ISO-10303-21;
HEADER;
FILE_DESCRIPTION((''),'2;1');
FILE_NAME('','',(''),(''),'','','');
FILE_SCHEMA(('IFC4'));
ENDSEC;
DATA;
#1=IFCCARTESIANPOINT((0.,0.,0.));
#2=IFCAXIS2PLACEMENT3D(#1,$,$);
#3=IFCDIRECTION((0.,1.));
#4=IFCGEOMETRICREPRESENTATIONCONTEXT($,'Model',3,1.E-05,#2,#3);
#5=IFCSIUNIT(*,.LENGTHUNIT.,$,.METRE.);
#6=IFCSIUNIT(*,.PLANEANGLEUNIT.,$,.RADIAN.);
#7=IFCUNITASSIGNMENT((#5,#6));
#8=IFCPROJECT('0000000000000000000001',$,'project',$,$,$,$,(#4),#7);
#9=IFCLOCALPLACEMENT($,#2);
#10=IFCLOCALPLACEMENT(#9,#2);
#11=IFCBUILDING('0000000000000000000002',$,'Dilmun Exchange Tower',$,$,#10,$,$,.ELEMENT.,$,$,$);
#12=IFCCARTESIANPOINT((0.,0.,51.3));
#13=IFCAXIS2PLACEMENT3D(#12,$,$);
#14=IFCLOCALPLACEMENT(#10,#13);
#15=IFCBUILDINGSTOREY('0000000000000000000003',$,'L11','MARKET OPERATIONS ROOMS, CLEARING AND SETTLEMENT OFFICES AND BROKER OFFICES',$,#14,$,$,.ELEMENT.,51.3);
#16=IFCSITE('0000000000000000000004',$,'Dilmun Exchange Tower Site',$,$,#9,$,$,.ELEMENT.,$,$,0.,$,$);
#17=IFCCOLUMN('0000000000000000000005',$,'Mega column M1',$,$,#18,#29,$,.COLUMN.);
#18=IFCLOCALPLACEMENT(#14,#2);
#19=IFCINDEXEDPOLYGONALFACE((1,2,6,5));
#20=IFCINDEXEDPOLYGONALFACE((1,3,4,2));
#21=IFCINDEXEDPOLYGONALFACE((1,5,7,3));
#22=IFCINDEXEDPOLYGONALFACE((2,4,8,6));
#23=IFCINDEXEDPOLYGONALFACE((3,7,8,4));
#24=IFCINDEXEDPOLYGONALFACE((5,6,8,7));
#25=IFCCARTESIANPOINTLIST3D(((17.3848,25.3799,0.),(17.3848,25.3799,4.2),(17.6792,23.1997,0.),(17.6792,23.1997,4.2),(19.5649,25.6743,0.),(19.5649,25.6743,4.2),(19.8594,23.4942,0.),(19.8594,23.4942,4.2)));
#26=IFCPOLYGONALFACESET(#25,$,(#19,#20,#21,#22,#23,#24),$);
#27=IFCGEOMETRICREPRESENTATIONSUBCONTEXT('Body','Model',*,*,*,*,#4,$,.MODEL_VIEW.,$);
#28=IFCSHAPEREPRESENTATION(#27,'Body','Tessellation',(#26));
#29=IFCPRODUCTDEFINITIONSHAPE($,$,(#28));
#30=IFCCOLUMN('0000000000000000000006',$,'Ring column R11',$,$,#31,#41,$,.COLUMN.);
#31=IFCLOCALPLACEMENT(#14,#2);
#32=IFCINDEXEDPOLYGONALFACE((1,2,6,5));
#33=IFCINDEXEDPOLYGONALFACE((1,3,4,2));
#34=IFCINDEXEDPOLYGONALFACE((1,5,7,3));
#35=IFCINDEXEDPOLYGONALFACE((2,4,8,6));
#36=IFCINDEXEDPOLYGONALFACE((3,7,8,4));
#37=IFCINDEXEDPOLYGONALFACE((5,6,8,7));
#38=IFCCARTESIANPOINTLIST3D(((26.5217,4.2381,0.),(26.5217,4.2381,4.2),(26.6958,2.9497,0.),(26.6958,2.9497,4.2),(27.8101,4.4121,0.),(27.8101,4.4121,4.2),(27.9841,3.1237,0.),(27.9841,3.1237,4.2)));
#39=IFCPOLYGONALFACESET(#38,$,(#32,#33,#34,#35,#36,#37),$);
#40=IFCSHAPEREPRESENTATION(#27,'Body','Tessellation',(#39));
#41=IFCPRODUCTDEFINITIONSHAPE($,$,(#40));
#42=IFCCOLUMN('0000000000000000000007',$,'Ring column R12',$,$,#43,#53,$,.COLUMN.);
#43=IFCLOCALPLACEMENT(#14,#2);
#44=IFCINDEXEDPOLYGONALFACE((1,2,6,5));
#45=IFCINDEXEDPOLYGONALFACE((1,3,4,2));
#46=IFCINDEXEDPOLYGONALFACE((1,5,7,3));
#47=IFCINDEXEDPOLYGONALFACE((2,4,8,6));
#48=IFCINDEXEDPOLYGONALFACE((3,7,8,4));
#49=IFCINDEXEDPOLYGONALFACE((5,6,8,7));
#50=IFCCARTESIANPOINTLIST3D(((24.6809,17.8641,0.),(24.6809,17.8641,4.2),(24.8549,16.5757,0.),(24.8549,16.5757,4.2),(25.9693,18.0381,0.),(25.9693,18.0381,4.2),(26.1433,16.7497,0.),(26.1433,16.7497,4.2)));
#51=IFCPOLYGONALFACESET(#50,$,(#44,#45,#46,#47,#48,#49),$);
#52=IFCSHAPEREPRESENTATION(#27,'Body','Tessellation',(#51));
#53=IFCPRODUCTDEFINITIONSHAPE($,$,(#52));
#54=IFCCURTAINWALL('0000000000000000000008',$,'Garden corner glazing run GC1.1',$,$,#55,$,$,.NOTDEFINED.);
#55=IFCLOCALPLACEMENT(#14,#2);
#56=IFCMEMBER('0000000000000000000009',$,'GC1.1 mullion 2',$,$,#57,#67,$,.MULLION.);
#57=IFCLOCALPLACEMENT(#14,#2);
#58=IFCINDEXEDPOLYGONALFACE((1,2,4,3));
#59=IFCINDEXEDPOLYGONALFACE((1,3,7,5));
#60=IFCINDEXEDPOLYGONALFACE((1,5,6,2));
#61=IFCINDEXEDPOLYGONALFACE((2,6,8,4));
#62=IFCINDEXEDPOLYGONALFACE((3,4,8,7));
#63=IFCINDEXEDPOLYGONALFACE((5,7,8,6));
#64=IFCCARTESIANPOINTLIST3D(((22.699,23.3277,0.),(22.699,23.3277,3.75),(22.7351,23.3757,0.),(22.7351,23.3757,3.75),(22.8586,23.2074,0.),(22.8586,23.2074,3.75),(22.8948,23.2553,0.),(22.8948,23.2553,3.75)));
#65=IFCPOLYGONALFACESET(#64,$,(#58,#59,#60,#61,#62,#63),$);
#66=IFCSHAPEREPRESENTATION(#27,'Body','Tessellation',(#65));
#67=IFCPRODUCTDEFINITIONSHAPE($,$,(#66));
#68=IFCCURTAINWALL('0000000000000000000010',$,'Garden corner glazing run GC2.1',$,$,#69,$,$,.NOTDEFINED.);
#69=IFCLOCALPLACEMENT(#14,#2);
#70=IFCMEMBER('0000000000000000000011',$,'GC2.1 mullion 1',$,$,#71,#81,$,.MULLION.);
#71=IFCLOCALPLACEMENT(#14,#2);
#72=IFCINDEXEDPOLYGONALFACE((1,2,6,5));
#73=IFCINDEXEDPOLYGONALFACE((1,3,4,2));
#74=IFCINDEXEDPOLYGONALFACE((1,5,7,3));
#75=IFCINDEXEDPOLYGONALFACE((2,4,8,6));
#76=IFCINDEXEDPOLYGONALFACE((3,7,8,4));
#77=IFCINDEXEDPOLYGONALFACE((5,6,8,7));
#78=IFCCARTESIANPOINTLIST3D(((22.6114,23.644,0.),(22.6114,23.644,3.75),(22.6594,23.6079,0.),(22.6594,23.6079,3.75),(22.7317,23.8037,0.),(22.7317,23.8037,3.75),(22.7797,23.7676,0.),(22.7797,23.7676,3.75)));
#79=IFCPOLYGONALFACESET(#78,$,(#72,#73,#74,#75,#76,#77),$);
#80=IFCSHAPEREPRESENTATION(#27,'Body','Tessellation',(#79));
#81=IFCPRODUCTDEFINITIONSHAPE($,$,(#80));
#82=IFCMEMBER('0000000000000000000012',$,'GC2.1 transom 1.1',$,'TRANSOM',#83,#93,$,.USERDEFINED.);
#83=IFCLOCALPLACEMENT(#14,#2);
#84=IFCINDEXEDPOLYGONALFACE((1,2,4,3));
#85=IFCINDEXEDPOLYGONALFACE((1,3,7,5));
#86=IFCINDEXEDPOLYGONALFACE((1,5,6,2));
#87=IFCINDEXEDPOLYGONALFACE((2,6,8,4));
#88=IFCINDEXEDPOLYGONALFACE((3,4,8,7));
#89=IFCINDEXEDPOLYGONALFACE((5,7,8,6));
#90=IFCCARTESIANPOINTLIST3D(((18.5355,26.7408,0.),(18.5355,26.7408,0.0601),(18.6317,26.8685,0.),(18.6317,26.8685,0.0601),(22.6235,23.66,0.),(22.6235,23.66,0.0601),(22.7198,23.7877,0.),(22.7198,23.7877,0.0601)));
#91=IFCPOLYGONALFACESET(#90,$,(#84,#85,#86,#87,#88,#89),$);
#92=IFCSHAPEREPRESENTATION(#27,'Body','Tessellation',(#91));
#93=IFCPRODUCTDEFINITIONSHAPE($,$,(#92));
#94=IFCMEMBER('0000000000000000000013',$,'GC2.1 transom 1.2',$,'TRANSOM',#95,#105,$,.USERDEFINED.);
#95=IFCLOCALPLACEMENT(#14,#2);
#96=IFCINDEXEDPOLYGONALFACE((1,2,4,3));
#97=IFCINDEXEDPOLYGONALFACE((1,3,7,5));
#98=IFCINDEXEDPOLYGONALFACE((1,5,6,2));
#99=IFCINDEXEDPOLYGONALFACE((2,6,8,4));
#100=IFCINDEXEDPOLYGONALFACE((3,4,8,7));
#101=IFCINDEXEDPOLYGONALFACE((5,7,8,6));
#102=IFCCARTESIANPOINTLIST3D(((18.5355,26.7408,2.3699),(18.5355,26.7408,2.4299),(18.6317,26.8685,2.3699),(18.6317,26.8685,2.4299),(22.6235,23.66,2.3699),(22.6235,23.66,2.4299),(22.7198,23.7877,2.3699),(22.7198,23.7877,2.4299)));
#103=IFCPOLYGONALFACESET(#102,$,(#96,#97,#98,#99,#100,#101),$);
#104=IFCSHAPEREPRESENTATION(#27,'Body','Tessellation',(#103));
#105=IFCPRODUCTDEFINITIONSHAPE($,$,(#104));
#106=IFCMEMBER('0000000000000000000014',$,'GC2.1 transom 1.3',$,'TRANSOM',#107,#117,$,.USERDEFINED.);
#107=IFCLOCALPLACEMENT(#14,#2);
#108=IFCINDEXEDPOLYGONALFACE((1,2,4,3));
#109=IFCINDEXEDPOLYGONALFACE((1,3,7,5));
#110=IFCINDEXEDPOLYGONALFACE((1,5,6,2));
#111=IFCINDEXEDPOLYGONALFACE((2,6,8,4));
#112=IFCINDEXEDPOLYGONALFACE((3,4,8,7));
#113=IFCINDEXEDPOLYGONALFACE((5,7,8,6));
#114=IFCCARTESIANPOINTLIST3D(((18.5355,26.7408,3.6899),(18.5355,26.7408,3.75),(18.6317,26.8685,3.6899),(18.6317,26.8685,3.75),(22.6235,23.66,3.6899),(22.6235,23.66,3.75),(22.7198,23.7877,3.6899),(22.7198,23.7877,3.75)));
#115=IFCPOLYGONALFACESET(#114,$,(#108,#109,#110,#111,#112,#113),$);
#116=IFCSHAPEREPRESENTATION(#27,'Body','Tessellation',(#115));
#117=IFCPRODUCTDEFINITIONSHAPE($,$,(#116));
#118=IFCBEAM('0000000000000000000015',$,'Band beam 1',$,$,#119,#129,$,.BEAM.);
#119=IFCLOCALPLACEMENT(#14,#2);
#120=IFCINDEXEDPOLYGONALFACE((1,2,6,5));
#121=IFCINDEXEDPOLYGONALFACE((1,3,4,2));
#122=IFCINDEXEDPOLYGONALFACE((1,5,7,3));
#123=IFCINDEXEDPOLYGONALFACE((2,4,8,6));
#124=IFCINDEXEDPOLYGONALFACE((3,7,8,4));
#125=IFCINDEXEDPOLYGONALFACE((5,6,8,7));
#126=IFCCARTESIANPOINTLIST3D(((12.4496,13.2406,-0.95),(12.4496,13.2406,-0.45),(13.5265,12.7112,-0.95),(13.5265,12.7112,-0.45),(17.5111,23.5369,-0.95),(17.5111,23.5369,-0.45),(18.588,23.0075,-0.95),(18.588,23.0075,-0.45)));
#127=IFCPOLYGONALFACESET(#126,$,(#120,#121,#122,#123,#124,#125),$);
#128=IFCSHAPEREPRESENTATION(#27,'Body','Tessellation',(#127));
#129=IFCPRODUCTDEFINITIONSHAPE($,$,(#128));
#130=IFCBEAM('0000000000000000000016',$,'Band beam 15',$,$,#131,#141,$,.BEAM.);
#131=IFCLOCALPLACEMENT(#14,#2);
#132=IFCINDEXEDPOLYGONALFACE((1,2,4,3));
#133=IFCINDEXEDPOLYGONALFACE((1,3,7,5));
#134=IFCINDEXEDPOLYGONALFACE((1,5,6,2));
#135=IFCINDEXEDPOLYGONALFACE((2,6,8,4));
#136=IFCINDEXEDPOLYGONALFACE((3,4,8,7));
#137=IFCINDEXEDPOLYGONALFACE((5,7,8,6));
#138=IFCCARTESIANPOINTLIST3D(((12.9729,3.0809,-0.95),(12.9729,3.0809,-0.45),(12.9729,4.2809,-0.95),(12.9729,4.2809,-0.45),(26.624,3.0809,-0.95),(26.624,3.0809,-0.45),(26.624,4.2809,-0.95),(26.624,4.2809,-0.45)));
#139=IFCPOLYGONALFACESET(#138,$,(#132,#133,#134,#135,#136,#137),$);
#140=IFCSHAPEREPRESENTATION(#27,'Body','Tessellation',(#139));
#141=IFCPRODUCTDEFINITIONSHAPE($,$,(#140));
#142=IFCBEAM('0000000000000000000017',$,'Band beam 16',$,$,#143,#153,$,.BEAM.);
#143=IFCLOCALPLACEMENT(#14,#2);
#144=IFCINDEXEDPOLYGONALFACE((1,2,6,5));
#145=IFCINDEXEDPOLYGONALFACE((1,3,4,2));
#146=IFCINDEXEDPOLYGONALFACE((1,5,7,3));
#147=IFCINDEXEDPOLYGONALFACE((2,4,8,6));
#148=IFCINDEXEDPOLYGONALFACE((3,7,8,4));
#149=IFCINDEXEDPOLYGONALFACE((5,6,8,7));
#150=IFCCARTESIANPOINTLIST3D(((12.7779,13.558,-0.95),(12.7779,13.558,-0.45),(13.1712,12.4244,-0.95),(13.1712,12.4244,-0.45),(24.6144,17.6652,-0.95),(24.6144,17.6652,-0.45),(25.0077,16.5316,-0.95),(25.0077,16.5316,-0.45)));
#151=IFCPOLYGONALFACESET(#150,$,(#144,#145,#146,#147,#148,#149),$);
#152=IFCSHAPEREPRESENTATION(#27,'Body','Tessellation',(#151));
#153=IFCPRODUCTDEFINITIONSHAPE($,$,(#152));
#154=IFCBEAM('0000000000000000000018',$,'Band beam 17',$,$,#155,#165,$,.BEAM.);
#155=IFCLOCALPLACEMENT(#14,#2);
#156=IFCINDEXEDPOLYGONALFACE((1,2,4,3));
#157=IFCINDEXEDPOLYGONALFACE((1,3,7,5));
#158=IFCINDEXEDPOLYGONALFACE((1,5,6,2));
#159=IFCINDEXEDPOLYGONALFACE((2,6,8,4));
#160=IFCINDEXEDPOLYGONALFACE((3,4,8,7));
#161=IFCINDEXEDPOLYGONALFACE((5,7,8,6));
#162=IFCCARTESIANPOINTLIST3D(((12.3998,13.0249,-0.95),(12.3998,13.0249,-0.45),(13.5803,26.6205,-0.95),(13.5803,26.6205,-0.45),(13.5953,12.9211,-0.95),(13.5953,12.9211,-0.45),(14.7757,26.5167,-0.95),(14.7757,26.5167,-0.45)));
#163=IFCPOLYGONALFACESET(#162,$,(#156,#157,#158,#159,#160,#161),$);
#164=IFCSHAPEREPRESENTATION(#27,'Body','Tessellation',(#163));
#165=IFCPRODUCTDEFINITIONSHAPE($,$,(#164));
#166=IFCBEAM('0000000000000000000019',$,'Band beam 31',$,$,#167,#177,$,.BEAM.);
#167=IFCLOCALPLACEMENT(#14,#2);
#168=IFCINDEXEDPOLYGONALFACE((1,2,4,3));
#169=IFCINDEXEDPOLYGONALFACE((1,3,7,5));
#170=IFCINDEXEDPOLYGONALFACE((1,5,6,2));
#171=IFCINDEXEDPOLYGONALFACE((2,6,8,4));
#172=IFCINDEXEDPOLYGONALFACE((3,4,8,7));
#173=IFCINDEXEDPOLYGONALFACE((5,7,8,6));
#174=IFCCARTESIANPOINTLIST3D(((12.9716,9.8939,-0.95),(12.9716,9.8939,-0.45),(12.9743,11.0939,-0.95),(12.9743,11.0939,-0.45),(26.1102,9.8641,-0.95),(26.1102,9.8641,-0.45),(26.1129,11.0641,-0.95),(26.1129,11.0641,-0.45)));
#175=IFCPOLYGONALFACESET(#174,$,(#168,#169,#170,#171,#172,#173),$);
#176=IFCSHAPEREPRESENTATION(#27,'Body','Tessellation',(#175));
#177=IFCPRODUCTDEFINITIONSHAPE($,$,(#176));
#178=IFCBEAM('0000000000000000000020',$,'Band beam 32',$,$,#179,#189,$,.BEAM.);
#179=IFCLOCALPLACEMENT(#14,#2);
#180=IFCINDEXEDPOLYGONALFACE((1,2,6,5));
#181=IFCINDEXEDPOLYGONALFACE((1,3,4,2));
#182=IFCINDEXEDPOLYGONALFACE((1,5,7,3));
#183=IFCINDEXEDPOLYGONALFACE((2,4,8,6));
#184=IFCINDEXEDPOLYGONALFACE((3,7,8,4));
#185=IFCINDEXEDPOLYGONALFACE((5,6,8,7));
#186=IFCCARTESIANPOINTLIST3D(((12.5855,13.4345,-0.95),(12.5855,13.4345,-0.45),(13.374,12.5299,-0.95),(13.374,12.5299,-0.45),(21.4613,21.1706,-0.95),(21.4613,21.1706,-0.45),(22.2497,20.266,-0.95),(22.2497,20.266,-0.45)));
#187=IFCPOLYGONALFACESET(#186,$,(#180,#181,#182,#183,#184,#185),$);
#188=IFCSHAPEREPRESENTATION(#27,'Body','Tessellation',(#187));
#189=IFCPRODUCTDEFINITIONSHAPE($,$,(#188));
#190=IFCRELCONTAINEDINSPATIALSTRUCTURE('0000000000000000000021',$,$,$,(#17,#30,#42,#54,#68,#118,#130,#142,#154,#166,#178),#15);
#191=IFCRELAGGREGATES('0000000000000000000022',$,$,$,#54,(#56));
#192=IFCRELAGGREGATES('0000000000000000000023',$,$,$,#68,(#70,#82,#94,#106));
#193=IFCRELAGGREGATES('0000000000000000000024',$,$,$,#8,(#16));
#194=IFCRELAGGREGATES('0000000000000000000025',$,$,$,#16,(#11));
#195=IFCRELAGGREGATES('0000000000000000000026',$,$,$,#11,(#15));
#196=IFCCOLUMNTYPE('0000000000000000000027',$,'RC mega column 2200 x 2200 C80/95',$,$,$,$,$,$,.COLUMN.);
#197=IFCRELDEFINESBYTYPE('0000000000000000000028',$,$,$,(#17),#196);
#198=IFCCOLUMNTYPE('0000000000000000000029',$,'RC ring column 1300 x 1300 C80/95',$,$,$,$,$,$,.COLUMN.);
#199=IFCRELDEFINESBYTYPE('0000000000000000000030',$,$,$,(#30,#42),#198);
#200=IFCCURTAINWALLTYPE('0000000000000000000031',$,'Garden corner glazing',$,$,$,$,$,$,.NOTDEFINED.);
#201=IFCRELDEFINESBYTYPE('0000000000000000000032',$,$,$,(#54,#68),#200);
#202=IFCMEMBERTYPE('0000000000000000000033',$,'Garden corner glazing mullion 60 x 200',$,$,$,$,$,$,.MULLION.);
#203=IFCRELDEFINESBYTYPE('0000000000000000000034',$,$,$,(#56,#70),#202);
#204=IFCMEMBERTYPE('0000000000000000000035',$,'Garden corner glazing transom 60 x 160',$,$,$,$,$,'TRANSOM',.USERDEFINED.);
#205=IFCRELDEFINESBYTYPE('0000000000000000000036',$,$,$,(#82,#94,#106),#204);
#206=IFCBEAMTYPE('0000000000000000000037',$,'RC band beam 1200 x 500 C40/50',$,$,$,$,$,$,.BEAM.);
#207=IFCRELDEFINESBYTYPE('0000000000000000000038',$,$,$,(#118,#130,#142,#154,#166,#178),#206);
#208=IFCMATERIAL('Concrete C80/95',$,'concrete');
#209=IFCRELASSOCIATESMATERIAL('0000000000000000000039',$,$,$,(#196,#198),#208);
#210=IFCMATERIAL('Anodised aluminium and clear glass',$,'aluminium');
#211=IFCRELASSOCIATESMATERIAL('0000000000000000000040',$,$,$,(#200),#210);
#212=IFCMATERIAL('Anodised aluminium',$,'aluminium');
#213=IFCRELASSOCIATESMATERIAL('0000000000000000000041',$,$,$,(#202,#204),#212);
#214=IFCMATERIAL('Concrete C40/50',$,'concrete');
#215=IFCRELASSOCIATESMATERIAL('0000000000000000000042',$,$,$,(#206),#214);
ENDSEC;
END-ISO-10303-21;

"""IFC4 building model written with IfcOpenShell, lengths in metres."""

from ifc_helpers import new_model, si_unit, direction, frame, origin, origin_2d, place, context, subcontext, project, spatial, rectangle, extrude, material, material_profile, profile_set, type_object, element, aggregate, save


model = new_model("IFC4")

# Units and contexts
model_context = context("Model", 3, precision=1e-05, world=origin(), true_north=direction((0.0, 1.0)))
body_context = subcontext(model_context, "Body", "Model", "MODEL_VIEW")
ifc_project = project(units=[si_unit("LENGTHUNIT", "METRE"), si_unit("PLANEANGLEUNIT", "RADIAN")], contexts=[model_context])

# Site, building, storey
site_placement = place(None, origin())
site = spatial("IfcSite", under=ifc_project, at=site_placement, Name="Dilmun Exchange Tower Site", CompositionType="ELEMENT", RefElevation=0.0)
building_placement = place(site_placement, origin())
building = spatial("IfcBuilding", under=site, at=building_placement, Name="Dilmun Exchange Tower", CompositionType="ELEMENT")
storey_placement = place(building_placement, frame((0.0, 0.0, 51.3)))
storey = spatial("IfcBuildingStorey", under=building, at=storey_placement, Name="L11", Description="MARKET OPERATIONS ROOMS, CLEARING AND SETTLEMENT OFFICES AND BROKER OFFICES", CompositionType="ELEMENT", Elevation=51.3)

# Columns
ifc_material_1 = material(Name="Concrete C80/95", Category="concrete")
ifc_material_profile_1 = material_profile(ifc_material_1, rectangle(XDim=2.2, YDim=2.2, at=origin_2d()), Name="2200 x 2200")
ifc_profile_set_1 = profile_set([ifc_material_profile_1], Name="Concrete C80/95")
column_type_1 = type_object("IfcColumnType", Name="RC mega column 2200 x 2200 C80/95", PredefinedType="COLUMN", material=ifc_profile_set_1)
column_placement = place(storey_placement, frame((18.6221, 24.437, 0.0), z_axis=(0.0, 0.0, 1.0), x_axis=(0.991001, 0.133853, 0.0)))
element("IfcColumn", 1, at=column_placement, inside=storey, type_object=column_type_1, Name="Mega column M1", PredefinedType="COLUMN", context=body_context, shape_type="SweptSolid", body=[
    extrude(rectangle(XDim=2.2, YDim=2.2, at=origin_2d()), origin(), (0.0, 0.0, 1.0), 4.2),
])
ifc_material_profile_2 = material_profile(ifc_material_1, rectangle(XDim=1.3, YDim=1.3, at=origin_2d()), Name="1300 x 1300")
ifc_profile_set_2 = profile_set([ifc_material_profile_2], Name="Concrete C80/95")
column_type_2 = type_object("IfcColumnType", Name="RC ring column 1300 x 1300 C80/95", PredefinedType="COLUMN", material=ifc_profile_set_2)
for number, where, z_axis, x_axis, name in (
    (2, (27.2529, 3.6809, 0.0), (0.0, 0.0, 1.0), (0.991001, 0.133853, 0.0), "Ring column R11"),
    (3, (25.4121, 17.3069, 0.0), (0.0, 0.0, 1.0), (0.991001, 0.133853, 0.0), "Ring column R12"),
):
    element("IfcColumn", number, at=place(storey_placement, frame(where, z_axis=z_axis, x_axis=x_axis)), inside=storey, type_object=column_type_2, Name=name, PredefinedType="COLUMN", context=body_context, shape_type="SweptSolid", body=[
        extrude(rectangle(XDim=1.3, YDim=1.3, at=origin_2d()), origin(), (0.0, 0.0, 1.0), 4.2),
    ])

# Curtain wall, member
ifc_material_2 = material(Name="Anodised aluminium and clear glass", Category="aluminium")
curtain_wall_type = type_object("IfcCurtainWallType", Name="Garden corner glazing", PredefinedType="NOTDEFINED", material=ifc_material_2)
curtain_wall_1_placement = place(storey_placement, origin())
curtain_wall_1 = element("IfcCurtainWall", 4, at=curtain_wall_1_placement, inside=storey, type_object=curtain_wall_type, Name="Garden corner glazing run GC1.1", PredefinedType="NOTDEFINED")
ifc_material_3 = material(Name="Anodised aluminium", Category="aluminium")
ifc_material_profile_3 = material_profile(ifc_material_3, rectangle(XDim=0.2, YDim=0.0601, at=origin_2d()), Name="AL 60x200")
ifc_profile_set_3 = profile_set([ifc_material_profile_3], Name="Anodised aluminium")
member_type_1 = type_object("IfcMemberType", Name="Garden corner glazing mullion 60 x 200", PredefinedType="MULLION", material=ifc_profile_set_3)
member_1_placement = place(storey_placement, frame((22.7969, 23.2915, 0.0), z_axis=(0.0, 0.0, 1.0), x_axis=(0.798634, -0.601817, 0.0)))
member_1 = element("IfcMember", 5, at=member_1_placement, type_object=member_type_1, Name="GC1.1 mullion 2", PredefinedType="MULLION", context=body_context, shape_type="SweptSolid", body=[
    extrude(rectangle(XDim=0.2, YDim=0.0601, at=origin_2d()), origin(), (0.0, 0.0, 1.0), 3.75),
])

# Curtain wall, members
curtain_wall_2_placement = place(storey_placement, origin())
curtain_wall_2 = element("IfcCurtainWall", 6, at=curtain_wall_2_placement, inside=storey, type_object=curtain_wall_type, Name="Garden corner glazing run GC2.1", PredefinedType="NOTDEFINED")
member_2_placement = place(storey_placement, frame((22.6956, 23.7058, 0.0), z_axis=(0.0, 0.0, 1.0), x_axis=(-0.601822, -0.798631, 0.0)))
member_2 = element("IfcMember", 7, at=member_2_placement, type_object=member_type_1, Name="GC2.1 mullion 1", PredefinedType="MULLION", context=body_context, shape_type="SweptSolid", body=[
    extrude(rectangle(XDim=0.2, YDim=0.0601, at=origin_2d()), origin(), (0.0, 0.0, 1.0), 3.75),
])
ifc_material_profile_4 = material_profile(ifc_material_3, rectangle(XDim=0.1599, YDim=0.0601, at=origin_2d()), Name="AL 60x160")
ifc_profile_set_4 = profile_set([ifc_material_profile_4], Name="Anodised aluminium")
member_type_2 = type_object("IfcMemberType", Name="Garden corner glazing transom 60 x 160", ElementType="TRANSOM", PredefinedType="USERDEFINED", material=ifc_profile_set_4)
member_3_placement = place(storey_placement, frame((22.6716, 23.7239, 0.03), z_axis=(-0.798619, 0.601837, 0.0), x_axis=(-0.601837, -0.798619, 0.0)))
member_3 = element("IfcMember", 8, at=member_3_placement, type_object=member_type_2, Name="GC2.1 transom 1.1", ObjectType="TRANSOM", PredefinedType="USERDEFINED", context=body_context, shape_type="SweptSolid", body=[
    extrude(rectangle(XDim=0.1599, YDim=0.0601, at=origin_2d()), origin(), (0.0, 0.0, 1.0), 5.1189),
])
member_4_placement = place(storey_placement, frame((22.6716, 23.7239, 2.3999), z_axis=(-0.798619, 0.601837, 0.0), x_axis=(-0.601837, -0.798619, 0.0)))
member_4 = element("IfcMember", 9, at=member_4_placement, type_object=member_type_2, Name="GC2.1 transom 1.2", ObjectType="TRANSOM", PredefinedType="USERDEFINED", context=body_context, shape_type="SweptSolid", body=[
    extrude(rectangle(XDim=0.1599, YDim=0.0601, at=origin_2d()), origin(), (0.0, 0.0, 1.0), 5.1189),
])
member_5_placement = place(storey_placement, frame((22.6716, 23.7239, 3.72), z_axis=(-0.798619, 0.601837, 0.0), x_axis=(-0.601837, -0.798619, 0.0)))
member_5 = element("IfcMember", 10, at=member_5_placement, type_object=member_type_2, Name="GC2.1 transom 1.3", ObjectType="TRANSOM", PredefinedType="USERDEFINED", context=body_context, shape_type="SweptSolid", body=[
    extrude(rectangle(XDim=0.1599, YDim=0.0601, at=origin_2d()), origin(), (0.0, 0.0, 1.0), 5.1189),
])

# Beams
ifc_material_4 = material(Name="Concrete C40/50", Category="concrete")
ifc_material_profile_5 = material_profile(ifc_material_4, rectangle(XDim=1.2, YDim=0.5, at=origin_2d()), Name="1200 x 500")
ifc_profile_set_5 = profile_set([ifc_material_profile_5], Name="Concrete C40/50")
beam_type_1 = type_object("IfcBeamType", Name="RC band beam 1200 x 500 C40/50", PredefinedType="BEAM", material=ifc_profile_set_5)
beam_1_placement = place(storey_placement, frame((18.0496, 23.2722, -0.7), z_axis=(-0.44116, -0.897428, 0.0), x_axis=(0.897428, -0.44116, 0.0)))
element("IfcBeam", 11, at=beam_1_placement, inside=storey, type_object=beam_type_1, Name="Band beam 1", PredefinedType="BEAM", context=body_context, shape_type="SweptSolid", body=[
    extrude(rectangle(XDim=1.2, YDim=0.5, at=origin_2d()), origin(), (0.0, 0.0, 1.0), 11.4731),
])
beam_2_placement = place(storey_placement, frame((26.624, 3.6809, -0.7), z_axis=(-1.0, 0.0, 0.0), x_axis=(0.0, -1.0, 0.0)))
element("IfcBeam", 12, at=beam_2_placement, inside=storey, type_object=beam_type_1, Name="Band beam 15", PredefinedType="BEAM", context=body_context, shape_type="SweptSolid", body=[
    extrude(rectangle(XDim=1.2, YDim=0.5, at=origin_2d()), origin(), (0.0, 0.0, 1.0), 13.6511),
])
beam_3_placement = place(storey_placement, frame((24.811, 17.0984, -0.7), z_axis=(-0.94474, -0.32782, 0.0), x_axis=(0.32782, -0.94474, 0.0)))
element("IfcBeam", 13, at=beam_3_placement, inside=storey, type_object=beam_type_1, Name="Band beam 16", PredefinedType="BEAM", context=body_context, shape_type="SweptSolid", body=[
    extrude(rectangle(XDim=1.2, YDim=0.5, at=origin_2d()), origin(), (0.0, 0.0, 1.0), 12.5288),
])
beam_4_placement = place(storey_placement, frame((14.178, 26.5686, -0.7), z_axis=(-0.086499, -0.996252, 0.0), x_axis=(0.996252, -0.086499, 0.0)))
element("IfcBeam", 14, at=beam_4_placement, inside=storey, type_object=beam_type_1, Name="Band beam 17", PredefinedType="BEAM", context=body_context, shape_type="SweptSolid", body=[
    extrude(rectangle(XDim=1.2, YDim=0.5, at=origin_2d()), origin(), (0.0, 0.0, 1.0), 13.6467),
])
beam_5_placement = place(storey_placement, frame((26.1116, 10.4641, -0.7), z_axis=(-0.999997, 0.002267, 0.0), x_axis=(-0.002267, -0.999997, 0.0)))
element("IfcBeam", 15, at=beam_5_placement, inside=storey, type_object=beam_type_1, Name="Band beam 31", PredefinedType="BEAM", context=body_context, shape_type="SweptSolid", body=[
    extrude(rectangle(XDim=1.2, YDim=0.5, at=origin_2d()), origin(), (0.0, 0.0, 1.0), 13.1387),
])
beam_6_placement = place(storey_placement, frame((21.8555, 20.7183, -0.7), z_axis=(-0.753846, -0.657052, 0.0), x_axis=(0.657052, -0.753846, 0.0)))
element("IfcBeam", 16, at=beam_6_placement, inside=storey, type_object=beam_type_1, Name="Band beam 32", PredefinedType="BEAM", context=body_context, shape_type="SweptSolid", body=[
    extrude(rectangle(XDim=1.2, YDim=0.5, at=origin_2d()), origin(), (0.0, 0.0, 1.0), 11.7739),
])

aggregate(curtain_wall_1, [member_1])
aggregate(curtain_wall_2, [member_2, member_3, member_4, member_5])

save(model, "model.ifc")
